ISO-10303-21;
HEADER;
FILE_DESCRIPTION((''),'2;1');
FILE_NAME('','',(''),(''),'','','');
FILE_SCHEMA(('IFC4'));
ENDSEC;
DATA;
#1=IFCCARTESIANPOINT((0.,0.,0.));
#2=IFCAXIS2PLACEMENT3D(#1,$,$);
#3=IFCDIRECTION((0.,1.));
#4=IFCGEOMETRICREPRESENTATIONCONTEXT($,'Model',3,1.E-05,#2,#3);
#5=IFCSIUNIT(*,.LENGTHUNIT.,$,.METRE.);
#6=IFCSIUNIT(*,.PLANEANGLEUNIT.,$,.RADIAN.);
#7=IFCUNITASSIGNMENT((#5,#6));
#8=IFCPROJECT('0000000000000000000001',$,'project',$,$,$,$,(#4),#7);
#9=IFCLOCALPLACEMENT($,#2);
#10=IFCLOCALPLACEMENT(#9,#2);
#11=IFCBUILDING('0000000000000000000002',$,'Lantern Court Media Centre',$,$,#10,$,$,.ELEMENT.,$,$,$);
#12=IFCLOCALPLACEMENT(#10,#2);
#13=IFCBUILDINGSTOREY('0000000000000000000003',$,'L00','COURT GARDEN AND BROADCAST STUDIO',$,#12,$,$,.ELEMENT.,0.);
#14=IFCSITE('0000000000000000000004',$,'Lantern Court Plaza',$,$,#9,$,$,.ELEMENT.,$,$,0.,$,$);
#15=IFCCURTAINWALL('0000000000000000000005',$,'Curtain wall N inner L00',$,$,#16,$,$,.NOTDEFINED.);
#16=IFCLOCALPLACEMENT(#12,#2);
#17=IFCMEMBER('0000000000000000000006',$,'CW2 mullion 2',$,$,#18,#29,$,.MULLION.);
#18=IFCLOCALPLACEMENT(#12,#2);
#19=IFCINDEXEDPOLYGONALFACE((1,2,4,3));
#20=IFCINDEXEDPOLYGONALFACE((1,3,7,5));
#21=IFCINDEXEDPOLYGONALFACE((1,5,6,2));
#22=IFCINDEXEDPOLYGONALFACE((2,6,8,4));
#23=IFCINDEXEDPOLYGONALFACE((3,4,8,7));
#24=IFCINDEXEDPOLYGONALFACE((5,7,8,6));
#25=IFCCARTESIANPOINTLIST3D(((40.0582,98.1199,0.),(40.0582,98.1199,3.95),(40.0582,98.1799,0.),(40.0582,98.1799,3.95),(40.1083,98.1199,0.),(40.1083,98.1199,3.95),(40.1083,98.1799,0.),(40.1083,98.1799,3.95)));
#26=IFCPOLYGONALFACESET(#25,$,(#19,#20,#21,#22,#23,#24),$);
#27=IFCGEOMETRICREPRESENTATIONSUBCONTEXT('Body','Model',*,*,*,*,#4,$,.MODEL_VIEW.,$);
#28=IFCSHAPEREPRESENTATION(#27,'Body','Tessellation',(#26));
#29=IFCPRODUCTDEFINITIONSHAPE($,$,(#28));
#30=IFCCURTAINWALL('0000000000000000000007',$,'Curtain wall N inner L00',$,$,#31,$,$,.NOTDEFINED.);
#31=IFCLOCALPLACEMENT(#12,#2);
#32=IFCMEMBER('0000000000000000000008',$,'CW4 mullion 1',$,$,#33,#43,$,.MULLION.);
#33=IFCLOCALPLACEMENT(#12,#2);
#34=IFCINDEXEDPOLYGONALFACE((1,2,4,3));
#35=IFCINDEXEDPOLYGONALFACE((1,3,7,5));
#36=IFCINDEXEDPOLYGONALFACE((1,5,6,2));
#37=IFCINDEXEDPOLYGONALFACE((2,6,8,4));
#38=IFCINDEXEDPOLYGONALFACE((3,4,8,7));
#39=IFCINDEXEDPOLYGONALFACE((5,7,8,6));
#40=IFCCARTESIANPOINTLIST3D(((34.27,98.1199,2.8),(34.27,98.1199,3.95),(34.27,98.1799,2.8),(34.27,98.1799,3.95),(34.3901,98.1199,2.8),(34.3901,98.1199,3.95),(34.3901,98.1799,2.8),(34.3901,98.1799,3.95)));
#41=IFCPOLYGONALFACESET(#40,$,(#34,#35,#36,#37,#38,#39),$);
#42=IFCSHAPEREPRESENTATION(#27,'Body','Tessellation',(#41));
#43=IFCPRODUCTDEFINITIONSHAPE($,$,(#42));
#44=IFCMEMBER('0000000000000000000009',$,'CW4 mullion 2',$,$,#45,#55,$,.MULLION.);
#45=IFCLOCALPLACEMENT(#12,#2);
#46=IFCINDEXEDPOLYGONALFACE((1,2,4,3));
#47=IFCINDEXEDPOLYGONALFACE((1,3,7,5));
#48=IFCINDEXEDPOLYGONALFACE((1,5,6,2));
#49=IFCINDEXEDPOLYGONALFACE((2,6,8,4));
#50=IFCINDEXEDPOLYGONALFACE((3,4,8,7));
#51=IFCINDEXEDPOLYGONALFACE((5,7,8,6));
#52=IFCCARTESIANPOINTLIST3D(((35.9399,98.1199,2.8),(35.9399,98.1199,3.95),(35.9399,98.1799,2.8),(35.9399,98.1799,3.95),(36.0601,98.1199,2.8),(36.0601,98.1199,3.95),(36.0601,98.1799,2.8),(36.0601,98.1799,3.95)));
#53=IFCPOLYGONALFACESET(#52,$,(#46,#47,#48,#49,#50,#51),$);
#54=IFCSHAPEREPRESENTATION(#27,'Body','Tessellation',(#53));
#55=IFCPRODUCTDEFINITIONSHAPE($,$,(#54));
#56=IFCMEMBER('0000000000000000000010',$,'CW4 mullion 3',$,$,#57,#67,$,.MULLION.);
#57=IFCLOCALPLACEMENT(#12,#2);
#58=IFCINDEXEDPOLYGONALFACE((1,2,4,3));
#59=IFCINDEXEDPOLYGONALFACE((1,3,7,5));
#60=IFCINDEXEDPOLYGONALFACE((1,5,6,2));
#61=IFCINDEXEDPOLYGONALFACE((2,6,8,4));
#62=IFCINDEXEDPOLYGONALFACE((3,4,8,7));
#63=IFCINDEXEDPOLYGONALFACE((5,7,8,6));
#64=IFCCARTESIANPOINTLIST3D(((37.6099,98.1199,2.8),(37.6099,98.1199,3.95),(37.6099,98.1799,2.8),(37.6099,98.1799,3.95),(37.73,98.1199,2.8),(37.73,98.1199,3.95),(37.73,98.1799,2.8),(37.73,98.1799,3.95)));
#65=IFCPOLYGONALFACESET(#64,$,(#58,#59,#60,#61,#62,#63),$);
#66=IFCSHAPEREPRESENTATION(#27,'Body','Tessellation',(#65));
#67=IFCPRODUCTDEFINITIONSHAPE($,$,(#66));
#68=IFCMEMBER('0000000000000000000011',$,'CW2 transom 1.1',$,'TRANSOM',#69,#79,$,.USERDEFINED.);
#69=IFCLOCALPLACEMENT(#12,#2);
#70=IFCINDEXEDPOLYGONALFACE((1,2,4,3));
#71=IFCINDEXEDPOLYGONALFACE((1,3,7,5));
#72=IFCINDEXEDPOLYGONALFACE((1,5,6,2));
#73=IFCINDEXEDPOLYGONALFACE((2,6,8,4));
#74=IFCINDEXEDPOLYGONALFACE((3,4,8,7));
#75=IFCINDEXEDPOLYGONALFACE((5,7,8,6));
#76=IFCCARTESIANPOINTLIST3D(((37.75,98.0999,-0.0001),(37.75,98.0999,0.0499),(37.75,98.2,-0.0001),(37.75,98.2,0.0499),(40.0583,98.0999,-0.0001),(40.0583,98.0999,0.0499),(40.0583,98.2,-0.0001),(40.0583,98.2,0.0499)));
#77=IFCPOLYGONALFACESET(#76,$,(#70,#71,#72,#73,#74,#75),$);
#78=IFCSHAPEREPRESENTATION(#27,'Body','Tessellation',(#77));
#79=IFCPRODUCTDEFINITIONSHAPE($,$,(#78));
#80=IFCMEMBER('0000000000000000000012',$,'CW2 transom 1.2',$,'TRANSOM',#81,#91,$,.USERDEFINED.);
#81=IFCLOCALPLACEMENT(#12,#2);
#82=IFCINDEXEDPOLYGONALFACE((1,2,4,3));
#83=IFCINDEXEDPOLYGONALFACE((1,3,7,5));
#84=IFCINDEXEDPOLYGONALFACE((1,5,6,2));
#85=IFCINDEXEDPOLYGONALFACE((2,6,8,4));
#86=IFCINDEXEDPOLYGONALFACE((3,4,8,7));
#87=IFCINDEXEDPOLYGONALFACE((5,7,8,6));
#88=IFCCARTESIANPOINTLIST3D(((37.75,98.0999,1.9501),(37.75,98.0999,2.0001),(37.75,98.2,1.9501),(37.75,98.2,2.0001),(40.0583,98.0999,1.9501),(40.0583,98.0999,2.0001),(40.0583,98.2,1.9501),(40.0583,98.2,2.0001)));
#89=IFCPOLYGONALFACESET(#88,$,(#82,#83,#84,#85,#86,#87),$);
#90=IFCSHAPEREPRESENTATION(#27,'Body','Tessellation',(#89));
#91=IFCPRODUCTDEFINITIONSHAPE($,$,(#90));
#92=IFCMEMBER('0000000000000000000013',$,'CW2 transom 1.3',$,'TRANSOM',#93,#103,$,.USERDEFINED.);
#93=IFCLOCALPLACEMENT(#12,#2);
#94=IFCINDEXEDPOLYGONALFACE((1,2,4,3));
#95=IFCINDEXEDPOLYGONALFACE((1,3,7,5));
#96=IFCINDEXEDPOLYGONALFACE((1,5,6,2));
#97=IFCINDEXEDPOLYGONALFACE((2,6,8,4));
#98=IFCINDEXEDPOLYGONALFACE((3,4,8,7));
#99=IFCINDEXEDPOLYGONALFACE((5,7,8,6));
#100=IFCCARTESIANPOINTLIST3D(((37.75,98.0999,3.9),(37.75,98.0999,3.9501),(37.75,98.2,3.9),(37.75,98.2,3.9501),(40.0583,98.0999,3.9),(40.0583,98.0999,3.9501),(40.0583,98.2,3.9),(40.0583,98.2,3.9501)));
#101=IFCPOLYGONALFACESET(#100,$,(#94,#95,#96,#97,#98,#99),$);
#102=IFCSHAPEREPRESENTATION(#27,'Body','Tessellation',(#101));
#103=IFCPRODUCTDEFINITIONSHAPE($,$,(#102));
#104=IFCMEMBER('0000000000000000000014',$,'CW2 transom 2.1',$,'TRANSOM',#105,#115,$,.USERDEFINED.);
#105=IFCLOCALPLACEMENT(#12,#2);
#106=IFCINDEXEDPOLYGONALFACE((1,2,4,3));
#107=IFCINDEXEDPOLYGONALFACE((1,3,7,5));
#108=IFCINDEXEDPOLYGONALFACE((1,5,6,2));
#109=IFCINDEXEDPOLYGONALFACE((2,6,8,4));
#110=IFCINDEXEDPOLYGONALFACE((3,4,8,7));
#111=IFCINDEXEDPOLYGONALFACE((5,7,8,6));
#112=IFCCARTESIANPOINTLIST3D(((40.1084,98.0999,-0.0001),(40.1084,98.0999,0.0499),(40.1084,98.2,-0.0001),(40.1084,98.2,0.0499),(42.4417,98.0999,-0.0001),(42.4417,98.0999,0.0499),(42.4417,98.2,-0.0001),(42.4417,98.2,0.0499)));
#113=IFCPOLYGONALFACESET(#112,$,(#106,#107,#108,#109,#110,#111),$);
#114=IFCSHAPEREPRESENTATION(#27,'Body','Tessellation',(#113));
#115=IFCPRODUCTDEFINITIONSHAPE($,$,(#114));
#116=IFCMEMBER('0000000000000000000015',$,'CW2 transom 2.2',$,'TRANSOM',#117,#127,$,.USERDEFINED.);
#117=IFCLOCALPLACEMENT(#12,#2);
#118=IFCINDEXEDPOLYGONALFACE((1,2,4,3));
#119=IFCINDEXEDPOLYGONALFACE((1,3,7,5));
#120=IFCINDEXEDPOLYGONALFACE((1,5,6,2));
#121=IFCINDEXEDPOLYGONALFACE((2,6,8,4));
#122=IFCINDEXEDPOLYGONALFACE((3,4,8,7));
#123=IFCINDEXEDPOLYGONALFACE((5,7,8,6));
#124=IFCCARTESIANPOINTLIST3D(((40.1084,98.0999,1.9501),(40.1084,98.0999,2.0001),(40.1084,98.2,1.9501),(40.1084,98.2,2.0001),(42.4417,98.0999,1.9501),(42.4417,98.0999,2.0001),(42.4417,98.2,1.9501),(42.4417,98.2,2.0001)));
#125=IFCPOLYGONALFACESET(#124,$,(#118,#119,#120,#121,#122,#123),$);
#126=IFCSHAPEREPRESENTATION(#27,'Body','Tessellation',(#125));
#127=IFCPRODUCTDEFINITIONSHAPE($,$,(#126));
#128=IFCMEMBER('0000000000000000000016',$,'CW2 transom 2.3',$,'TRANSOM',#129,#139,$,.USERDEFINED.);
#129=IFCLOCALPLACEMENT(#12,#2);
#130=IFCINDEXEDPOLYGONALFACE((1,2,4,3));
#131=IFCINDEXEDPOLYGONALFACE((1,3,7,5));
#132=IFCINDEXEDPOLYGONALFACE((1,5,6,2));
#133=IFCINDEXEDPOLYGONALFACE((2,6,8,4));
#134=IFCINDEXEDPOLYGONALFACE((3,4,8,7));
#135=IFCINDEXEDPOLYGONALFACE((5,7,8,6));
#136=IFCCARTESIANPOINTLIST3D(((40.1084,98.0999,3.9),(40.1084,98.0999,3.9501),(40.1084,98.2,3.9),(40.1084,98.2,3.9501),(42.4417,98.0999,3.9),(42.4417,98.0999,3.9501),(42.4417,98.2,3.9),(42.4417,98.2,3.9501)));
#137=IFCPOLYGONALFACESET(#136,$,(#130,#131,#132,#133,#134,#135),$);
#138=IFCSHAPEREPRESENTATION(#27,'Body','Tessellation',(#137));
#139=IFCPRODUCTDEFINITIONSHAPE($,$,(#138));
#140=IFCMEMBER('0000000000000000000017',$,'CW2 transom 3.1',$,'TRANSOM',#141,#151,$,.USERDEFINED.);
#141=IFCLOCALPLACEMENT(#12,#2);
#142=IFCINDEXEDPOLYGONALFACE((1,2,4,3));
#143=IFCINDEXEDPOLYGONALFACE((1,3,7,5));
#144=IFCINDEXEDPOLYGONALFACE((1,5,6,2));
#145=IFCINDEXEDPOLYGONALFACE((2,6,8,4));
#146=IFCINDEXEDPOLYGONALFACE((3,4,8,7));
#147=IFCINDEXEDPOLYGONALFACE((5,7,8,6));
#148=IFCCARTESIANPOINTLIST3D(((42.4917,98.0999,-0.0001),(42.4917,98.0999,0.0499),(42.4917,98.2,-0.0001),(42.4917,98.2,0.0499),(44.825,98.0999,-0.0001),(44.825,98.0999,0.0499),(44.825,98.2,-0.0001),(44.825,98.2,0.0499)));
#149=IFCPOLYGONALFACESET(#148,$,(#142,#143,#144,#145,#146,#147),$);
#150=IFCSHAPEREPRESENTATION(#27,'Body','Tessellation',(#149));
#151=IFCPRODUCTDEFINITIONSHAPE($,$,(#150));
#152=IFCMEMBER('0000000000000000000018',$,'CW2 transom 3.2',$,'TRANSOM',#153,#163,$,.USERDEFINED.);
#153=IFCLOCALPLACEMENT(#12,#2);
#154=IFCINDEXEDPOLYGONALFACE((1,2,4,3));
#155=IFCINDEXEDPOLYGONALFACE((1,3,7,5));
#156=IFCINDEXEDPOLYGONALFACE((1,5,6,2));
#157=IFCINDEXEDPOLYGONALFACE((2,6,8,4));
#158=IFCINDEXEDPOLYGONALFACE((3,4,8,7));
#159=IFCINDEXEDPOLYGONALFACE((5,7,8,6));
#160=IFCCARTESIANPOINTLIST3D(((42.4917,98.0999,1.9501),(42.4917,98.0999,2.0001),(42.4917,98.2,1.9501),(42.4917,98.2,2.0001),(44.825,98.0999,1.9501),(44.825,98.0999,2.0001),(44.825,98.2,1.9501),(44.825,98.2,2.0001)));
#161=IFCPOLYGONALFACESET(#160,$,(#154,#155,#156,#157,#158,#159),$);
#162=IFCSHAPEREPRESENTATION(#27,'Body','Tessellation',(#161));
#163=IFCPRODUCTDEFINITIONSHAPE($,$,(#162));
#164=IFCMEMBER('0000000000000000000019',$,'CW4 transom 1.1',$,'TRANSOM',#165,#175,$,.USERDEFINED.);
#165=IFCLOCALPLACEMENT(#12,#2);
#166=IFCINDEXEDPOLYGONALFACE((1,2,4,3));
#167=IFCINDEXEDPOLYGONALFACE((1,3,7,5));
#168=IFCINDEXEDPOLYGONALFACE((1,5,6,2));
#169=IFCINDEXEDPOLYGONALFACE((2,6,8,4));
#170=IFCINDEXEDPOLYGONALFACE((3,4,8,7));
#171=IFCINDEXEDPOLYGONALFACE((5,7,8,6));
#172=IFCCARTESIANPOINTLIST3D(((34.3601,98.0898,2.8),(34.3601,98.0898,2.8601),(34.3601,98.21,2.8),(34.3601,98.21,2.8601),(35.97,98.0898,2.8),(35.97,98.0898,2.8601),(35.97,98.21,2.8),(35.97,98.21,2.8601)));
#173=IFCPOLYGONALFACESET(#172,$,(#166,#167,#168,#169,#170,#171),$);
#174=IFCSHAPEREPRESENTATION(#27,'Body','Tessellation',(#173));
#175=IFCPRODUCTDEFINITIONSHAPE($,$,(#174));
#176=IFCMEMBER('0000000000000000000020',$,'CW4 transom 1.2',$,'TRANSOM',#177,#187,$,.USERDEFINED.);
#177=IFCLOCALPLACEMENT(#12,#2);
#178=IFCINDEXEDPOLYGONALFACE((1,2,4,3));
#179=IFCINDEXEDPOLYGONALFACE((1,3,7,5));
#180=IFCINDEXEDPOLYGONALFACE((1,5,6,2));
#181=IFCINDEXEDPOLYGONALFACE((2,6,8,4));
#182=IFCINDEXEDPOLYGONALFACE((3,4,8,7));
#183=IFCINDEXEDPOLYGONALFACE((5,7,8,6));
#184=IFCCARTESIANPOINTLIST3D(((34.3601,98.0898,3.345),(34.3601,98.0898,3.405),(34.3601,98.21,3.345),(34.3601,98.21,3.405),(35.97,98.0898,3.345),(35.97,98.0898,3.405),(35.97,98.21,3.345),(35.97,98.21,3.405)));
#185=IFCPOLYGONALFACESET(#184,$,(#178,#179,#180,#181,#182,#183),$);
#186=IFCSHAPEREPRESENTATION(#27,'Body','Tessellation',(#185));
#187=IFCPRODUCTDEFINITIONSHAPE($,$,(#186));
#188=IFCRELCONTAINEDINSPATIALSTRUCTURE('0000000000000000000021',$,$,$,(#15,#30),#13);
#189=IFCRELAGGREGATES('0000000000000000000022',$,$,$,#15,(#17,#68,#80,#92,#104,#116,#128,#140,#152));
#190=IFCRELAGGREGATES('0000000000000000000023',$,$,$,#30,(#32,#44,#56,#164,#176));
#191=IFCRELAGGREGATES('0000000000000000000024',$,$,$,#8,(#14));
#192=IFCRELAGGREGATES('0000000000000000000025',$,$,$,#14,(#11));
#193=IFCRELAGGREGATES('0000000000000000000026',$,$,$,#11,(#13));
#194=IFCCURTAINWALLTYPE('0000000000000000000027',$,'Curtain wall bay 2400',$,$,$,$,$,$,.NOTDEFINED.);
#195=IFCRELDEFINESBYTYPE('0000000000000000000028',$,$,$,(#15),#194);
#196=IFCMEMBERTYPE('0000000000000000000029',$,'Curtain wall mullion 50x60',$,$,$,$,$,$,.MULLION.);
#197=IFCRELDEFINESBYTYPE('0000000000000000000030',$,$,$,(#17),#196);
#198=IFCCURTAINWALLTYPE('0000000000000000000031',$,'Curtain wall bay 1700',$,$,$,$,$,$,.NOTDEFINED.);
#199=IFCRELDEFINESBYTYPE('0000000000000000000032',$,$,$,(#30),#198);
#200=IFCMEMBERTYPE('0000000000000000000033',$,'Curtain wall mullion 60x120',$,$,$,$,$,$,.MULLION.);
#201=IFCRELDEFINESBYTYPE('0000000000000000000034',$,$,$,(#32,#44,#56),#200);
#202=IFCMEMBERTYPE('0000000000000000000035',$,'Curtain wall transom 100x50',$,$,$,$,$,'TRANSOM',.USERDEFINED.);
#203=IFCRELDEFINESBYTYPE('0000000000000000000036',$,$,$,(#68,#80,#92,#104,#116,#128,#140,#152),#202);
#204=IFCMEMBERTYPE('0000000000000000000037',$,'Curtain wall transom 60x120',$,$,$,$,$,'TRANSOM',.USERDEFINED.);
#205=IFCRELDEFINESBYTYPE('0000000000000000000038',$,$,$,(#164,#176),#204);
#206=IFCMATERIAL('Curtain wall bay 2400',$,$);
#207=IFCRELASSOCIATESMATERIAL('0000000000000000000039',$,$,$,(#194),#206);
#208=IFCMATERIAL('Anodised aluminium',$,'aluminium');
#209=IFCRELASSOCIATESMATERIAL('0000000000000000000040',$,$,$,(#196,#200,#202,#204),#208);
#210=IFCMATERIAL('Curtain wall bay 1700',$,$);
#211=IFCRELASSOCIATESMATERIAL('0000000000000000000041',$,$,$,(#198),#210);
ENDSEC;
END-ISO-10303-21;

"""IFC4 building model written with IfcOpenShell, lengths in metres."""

from ifc_helpers import new_model, si_unit, direction, frame, origin, origin_2d, place, context, subcontext, project, spatial, rectangle, extrude, material, material_profile, profile_set, type_object, element, aggregate, save


model = new_model("IFC4")

# Units and contexts
model_context = context("Model", 3, precision=1e-05, world=origin(), true_north=direction((0.0, 1.0)))
body_context = subcontext(model_context, "Body", "Model", "MODEL_VIEW")
ifc_project = project(units=[si_unit("LENGTHUNIT", "METRE"), si_unit("PLANEANGLEUNIT", "RADIAN")], contexts=[model_context])

# Site, building, storey
site_placement = place(None, origin())
site = spatial("IfcSite", under=ifc_project, at=site_placement, Name="Lantern Court Plaza", CompositionType="ELEMENT", RefElevation=0.0)
building_placement = place(site_placement, origin())
building = spatial("IfcBuilding", under=site, at=building_placement, Name="Lantern Court Media Centre", CompositionType="ELEMENT")
storey_placement = place(building_placement, origin())
storey = spatial("IfcBuildingStorey", under=building, at=storey_placement, Name="L00", Description="COURT GARDEN AND BROADCAST STUDIO", CompositionType="ELEMENT", Elevation=0.0)

# Curtain wall, member
ifc_material_1 = material(Name="Curtain wall bay 2400")
curtain_wall_type_1 = type_object("IfcCurtainWallType", Name="Curtain wall bay 2400", PredefinedType="NOTDEFINED", material=ifc_material_1)
curtain_wall_1_placement = place(storey_placement, origin())
curtain_wall_1 = element("IfcCurtainWall", 1, at=curtain_wall_1_placement, inside=storey, type_object=curtain_wall_type_1, Name="Curtain wall N inner L00", PredefinedType="NOTDEFINED")
ifc_material_2 = material(Name="Anodised aluminium", Category="aluminium")
ifc_material_profile_1 = material_profile(ifc_material_2, rectangle(XDim=0.0601, YDim=0.05, at=origin_2d()), Name="AL 50x60")
ifc_profile_set_1 = profile_set([ifc_material_profile_1], Name="Anodised aluminium")
member_type_1 = type_object("IfcMemberType", Name="Curtain wall mullion 50x60", PredefinedType="MULLION", material=ifc_profile_set_1)
member_1_placement = place(storey_placement, frame((40.0833, 98.1499, 0.0), z_axis=(0.0, 0.0, 1.0), x_axis=(0.0, 1.0, 0.0)))
member_1 = element("IfcMember", 2, at=member_1_placement, type_object=member_type_1, Name="CW2 mullion 2", PredefinedType="MULLION", context=body_context, shape_type="SweptSolid", body=[
    extrude(rectangle(XDim=0.0601, YDim=0.05, at=origin_2d()), origin(), (0.0, 0.0, 1.0), 3.95),
])

# Curtain wall, members
ifc_material_3 = material(Name="Curtain wall bay 1700")
curtain_wall_type_2 = type_object("IfcCurtainWallType", Name="Curtain wall bay 1700", PredefinedType="NOTDEFINED", material=ifc_material_3)
curtain_wall_2_placement = place(storey_placement, origin())
curtain_wall_2 = element("IfcCurtainWall", 3, at=curtain_wall_2_placement, inside=storey, type_object=curtain_wall_type_2, Name="Curtain wall N inner L00", PredefinedType="NOTDEFINED")
ifc_material_profile_2 = material_profile(ifc_material_2, rectangle(XDim=0.0601, YDim=0.1201, at=origin_2d()), Name="AL 60x120")
ifc_profile_set_2 = profile_set([ifc_material_profile_2], Name="Anodised aluminium")
member_type_2 = type_object("IfcMemberType", Name="Curtain wall mullion 60x120", PredefinedType="MULLION", material=ifc_profile_set_2)
member_2_placement = place(storey_placement, frame((34.3301, 98.1499, 2.8), z_axis=(0.0, 0.0, 1.0), x_axis=(0.0, 1.0, 0.0)))
member_2 = element("IfcMember", 4, at=member_2_placement, type_object=member_type_2, Name="CW4 mullion 1", PredefinedType="MULLION", context=body_context, shape_type="SweptSolid", body=[
    extrude(rectangle(XDim=0.0601, YDim=0.1201, at=origin_2d()), origin(), (0.0, 0.0, 1.0), 1.1499),
])
member_3_placement = place(storey_placement, frame((36.0, 98.1499, 2.8), z_axis=(0.0, 0.0, 1.0), x_axis=(0.0, 1.0, 0.0)))
member_3 = element("IfcMember", 5, at=member_3_placement, type_object=member_type_2, Name="CW4 mullion 2", PredefinedType="MULLION", context=body_context, shape_type="SweptSolid", body=[
    extrude(rectangle(XDim=0.0601, YDim=0.1201, at=origin_2d()), origin(), (0.0, 0.0, 1.0), 1.1499),
])
member_4_placement = place(storey_placement, frame((37.6699, 98.1499, 2.8), z_axis=(0.0, 0.0, 1.0), x_axis=(0.0, 1.0, 0.0)))
member_4 = element("IfcMember", 6, at=member_4_placement, type_object=member_type_2, Name="CW4 mullion 3", PredefinedType="MULLION", context=body_context, shape_type="SweptSolid", body=[
    extrude(rectangle(XDim=0.0601, YDim=0.1201, at=origin_2d()), origin(), (0.0, 0.0, 1.0), 1.1499),
])

# Members
ifc_material_profile_3 = material_profile(ifc_material_2, rectangle(XDim=0.1001, YDim=0.05, at=origin_2d()), Name="AL 50x100")
ifc_profile_set_3 = profile_set([ifc_material_profile_3], Name="Anodised aluminium")
member_type_3 = type_object("IfcMemberType", Name="Curtain wall transom 100x50", ElementType="TRANSOM", PredefinedType="USERDEFINED", material=ifc_profile_set_3)
member_5_placement = place(storey_placement, frame((37.75, 98.1499, 0.0249), z_axis=(1.0, 0.0, 0.0), x_axis=(0.0, 1.0, 0.0)))
member_5 = element("IfcMember", 7, at=member_5_placement, type_object=member_type_3, Name="CW2 transom 1.1", ObjectType="TRANSOM", PredefinedType="USERDEFINED", context=body_context, shape_type="SweptSolid", body=[
    extrude(rectangle(XDim=0.1001, YDim=0.05, at=origin_2d()), origin(), (0.0, 0.0, 1.0), 2.3083),
])
member_6_placement = place(storey_placement, frame((37.75, 98.1499, 1.9751), z_axis=(1.0, 0.0, 0.0), x_axis=(0.0, 1.0, 0.0)))
member_6 = element("IfcMember", 8, at=member_6_placement, type_object=member_type_3, Name="CW2 transom 1.2", ObjectType="TRANSOM", PredefinedType="USERDEFINED", context=body_context, shape_type="SweptSolid", body=[
    extrude(rectangle(XDim=0.1001, YDim=0.05, at=origin_2d()), origin(), (0.0, 0.0, 1.0), 2.3083),
])
member_7_placement = place(storey_placement, frame((37.75, 98.1499, 3.925), z_axis=(1.0, 0.0, 0.0), x_axis=(0.0, 1.0, 0.0)))
member_7 = element("IfcMember", 9, at=member_7_placement, type_object=member_type_3, Name="CW2 transom 1.3", ObjectType="TRANSOM", PredefinedType="USERDEFINED", context=body_context, shape_type="SweptSolid", body=[
    extrude(rectangle(XDim=0.1001, YDim=0.05, at=origin_2d()), origin(), (0.0, 0.0, 1.0), 2.3083),
])
member_8_placement = place(storey_placement, frame((40.1084, 98.1499, 0.0249), z_axis=(1.0, 0.0, 0.0), x_axis=(0.0, 1.0, 0.0)))
member_8 = element("IfcMember", 10, at=member_8_placement, type_object=member_type_3, Name="CW2 transom 2.1", ObjectType="TRANSOM", PredefinedType="USERDEFINED", context=body_context, shape_type="SweptSolid", body=[
    extrude(rectangle(XDim=0.1001, YDim=0.05, at=origin_2d()), origin(), (0.0, 0.0, 1.0), 2.3333),
])
member_9_placement = place(storey_placement, frame((40.1084, 98.1499, 1.9751), z_axis=(1.0, 0.0, 0.0), x_axis=(0.0, 1.0, 0.0)))
member_9 = element("IfcMember", 11, at=member_9_placement, type_object=member_type_3, Name="CW2 transom 2.2", ObjectType="TRANSOM", PredefinedType="USERDEFINED", context=body_context, shape_type="SweptSolid", body=[
    extrude(rectangle(XDim=0.1001, YDim=0.05, at=origin_2d()), origin(), (0.0, 0.0, 1.0), 2.3333),
])
member_10_placement = place(storey_placement, frame((40.1084, 98.1499, 3.925), z_axis=(1.0, 0.0, 0.0), x_axis=(0.0, 1.0, 0.0)))
member_10 = element("IfcMember", 12, at=member_10_placement, type_object=member_type_3, Name="CW2 transom 2.3", ObjectType="TRANSOM", PredefinedType="USERDEFINED", context=body_context, shape_type="SweptSolid", body=[
    extrude(rectangle(XDim=0.1001, YDim=0.05, at=origin_2d()), origin(), (0.0, 0.0, 1.0), 2.3333),
])
member_11_placement = place(storey_placement, frame((42.4917, 98.1499, 0.0249), z_axis=(1.0, 0.0, 0.0), x_axis=(0.0, 1.0, 0.0)))
member_11 = element("IfcMember", 13, at=member_11_placement, type_object=member_type_3, Name="CW2 transom 3.1", ObjectType="TRANSOM", PredefinedType="USERDEFINED", context=body_context, shape_type="SweptSolid", body=[
    extrude(rectangle(XDim=0.1001, YDim=0.05, at=origin_2d()), origin(), (0.0, 0.0, 1.0), 2.3333),
])
member_12_placement = place(storey_placement, frame((42.4917, 98.1499, 1.9751), z_axis=(1.0, 0.0, 0.0), x_axis=(0.0, 1.0, 0.0)))
member_12 = element("IfcMember", 14, at=member_12_placement, type_object=member_type_3, Name="CW2 transom 3.2", ObjectType="TRANSOM", PredefinedType="USERDEFINED", context=body_context, shape_type="SweptSolid", body=[
    extrude(rectangle(XDim=0.1001, YDim=0.05, at=origin_2d()), origin(), (0.0, 0.0, 1.0), 2.3333),
])
ifc_material_profile_4 = material_profile(ifc_material_2, rectangle(XDim=0.1201, YDim=0.0601, at=origin_2d()), Name="AL 60x120")
ifc_profile_set_4 = profile_set([ifc_material_profile_4], Name="Anodised aluminium")
member_type_4 = type_object("IfcMemberType", Name="Curtain wall transom 60x120", ElementType="TRANSOM", PredefinedType="USERDEFINED", material=ifc_profile_set_4)
member_13_placement = place(storey_placement, frame((34.3601, 98.1499, 2.8301), z_axis=(1.0, 0.0, 0.0), x_axis=(0.0, 1.0, 0.0)))
member_13 = element("IfcMember", 15, at=member_13_placement, type_object=member_type_4, Name="CW4 transom 1.1", ObjectType="TRANSOM", PredefinedType="USERDEFINED", context=body_context, shape_type="SweptSolid", body=[
    extrude(rectangle(XDim=0.1201, YDim=0.0601, at=origin_2d()), origin(), (0.0, 0.0, 1.0), 1.6099),
])
member_14_placement = place(storey_placement, frame((34.3601, 98.1499, 3.375), z_axis=(1.0, 0.0, 0.0), x_axis=(0.0, 1.0, 0.0)))
member_14 = element("IfcMember", 16, at=member_14_placement, type_object=member_type_4, Name="CW4 transom 1.2", ObjectType="TRANSOM", PredefinedType="USERDEFINED", context=body_context, shape_type="SweptSolid", body=[
    extrude(rectangle(XDim=0.1201, YDim=0.0601, at=origin_2d()), origin(), (0.0, 0.0, 1.0), 1.6099),
])

aggregate(curtain_wall_1, [member_1, member_5, member_6, member_7, member_8, member_9, member_10, member_11, member_12])
aggregate(curtain_wall_2, [member_2, member_3, member_4, member_13, member_14])

save(model, "model.ifc")
